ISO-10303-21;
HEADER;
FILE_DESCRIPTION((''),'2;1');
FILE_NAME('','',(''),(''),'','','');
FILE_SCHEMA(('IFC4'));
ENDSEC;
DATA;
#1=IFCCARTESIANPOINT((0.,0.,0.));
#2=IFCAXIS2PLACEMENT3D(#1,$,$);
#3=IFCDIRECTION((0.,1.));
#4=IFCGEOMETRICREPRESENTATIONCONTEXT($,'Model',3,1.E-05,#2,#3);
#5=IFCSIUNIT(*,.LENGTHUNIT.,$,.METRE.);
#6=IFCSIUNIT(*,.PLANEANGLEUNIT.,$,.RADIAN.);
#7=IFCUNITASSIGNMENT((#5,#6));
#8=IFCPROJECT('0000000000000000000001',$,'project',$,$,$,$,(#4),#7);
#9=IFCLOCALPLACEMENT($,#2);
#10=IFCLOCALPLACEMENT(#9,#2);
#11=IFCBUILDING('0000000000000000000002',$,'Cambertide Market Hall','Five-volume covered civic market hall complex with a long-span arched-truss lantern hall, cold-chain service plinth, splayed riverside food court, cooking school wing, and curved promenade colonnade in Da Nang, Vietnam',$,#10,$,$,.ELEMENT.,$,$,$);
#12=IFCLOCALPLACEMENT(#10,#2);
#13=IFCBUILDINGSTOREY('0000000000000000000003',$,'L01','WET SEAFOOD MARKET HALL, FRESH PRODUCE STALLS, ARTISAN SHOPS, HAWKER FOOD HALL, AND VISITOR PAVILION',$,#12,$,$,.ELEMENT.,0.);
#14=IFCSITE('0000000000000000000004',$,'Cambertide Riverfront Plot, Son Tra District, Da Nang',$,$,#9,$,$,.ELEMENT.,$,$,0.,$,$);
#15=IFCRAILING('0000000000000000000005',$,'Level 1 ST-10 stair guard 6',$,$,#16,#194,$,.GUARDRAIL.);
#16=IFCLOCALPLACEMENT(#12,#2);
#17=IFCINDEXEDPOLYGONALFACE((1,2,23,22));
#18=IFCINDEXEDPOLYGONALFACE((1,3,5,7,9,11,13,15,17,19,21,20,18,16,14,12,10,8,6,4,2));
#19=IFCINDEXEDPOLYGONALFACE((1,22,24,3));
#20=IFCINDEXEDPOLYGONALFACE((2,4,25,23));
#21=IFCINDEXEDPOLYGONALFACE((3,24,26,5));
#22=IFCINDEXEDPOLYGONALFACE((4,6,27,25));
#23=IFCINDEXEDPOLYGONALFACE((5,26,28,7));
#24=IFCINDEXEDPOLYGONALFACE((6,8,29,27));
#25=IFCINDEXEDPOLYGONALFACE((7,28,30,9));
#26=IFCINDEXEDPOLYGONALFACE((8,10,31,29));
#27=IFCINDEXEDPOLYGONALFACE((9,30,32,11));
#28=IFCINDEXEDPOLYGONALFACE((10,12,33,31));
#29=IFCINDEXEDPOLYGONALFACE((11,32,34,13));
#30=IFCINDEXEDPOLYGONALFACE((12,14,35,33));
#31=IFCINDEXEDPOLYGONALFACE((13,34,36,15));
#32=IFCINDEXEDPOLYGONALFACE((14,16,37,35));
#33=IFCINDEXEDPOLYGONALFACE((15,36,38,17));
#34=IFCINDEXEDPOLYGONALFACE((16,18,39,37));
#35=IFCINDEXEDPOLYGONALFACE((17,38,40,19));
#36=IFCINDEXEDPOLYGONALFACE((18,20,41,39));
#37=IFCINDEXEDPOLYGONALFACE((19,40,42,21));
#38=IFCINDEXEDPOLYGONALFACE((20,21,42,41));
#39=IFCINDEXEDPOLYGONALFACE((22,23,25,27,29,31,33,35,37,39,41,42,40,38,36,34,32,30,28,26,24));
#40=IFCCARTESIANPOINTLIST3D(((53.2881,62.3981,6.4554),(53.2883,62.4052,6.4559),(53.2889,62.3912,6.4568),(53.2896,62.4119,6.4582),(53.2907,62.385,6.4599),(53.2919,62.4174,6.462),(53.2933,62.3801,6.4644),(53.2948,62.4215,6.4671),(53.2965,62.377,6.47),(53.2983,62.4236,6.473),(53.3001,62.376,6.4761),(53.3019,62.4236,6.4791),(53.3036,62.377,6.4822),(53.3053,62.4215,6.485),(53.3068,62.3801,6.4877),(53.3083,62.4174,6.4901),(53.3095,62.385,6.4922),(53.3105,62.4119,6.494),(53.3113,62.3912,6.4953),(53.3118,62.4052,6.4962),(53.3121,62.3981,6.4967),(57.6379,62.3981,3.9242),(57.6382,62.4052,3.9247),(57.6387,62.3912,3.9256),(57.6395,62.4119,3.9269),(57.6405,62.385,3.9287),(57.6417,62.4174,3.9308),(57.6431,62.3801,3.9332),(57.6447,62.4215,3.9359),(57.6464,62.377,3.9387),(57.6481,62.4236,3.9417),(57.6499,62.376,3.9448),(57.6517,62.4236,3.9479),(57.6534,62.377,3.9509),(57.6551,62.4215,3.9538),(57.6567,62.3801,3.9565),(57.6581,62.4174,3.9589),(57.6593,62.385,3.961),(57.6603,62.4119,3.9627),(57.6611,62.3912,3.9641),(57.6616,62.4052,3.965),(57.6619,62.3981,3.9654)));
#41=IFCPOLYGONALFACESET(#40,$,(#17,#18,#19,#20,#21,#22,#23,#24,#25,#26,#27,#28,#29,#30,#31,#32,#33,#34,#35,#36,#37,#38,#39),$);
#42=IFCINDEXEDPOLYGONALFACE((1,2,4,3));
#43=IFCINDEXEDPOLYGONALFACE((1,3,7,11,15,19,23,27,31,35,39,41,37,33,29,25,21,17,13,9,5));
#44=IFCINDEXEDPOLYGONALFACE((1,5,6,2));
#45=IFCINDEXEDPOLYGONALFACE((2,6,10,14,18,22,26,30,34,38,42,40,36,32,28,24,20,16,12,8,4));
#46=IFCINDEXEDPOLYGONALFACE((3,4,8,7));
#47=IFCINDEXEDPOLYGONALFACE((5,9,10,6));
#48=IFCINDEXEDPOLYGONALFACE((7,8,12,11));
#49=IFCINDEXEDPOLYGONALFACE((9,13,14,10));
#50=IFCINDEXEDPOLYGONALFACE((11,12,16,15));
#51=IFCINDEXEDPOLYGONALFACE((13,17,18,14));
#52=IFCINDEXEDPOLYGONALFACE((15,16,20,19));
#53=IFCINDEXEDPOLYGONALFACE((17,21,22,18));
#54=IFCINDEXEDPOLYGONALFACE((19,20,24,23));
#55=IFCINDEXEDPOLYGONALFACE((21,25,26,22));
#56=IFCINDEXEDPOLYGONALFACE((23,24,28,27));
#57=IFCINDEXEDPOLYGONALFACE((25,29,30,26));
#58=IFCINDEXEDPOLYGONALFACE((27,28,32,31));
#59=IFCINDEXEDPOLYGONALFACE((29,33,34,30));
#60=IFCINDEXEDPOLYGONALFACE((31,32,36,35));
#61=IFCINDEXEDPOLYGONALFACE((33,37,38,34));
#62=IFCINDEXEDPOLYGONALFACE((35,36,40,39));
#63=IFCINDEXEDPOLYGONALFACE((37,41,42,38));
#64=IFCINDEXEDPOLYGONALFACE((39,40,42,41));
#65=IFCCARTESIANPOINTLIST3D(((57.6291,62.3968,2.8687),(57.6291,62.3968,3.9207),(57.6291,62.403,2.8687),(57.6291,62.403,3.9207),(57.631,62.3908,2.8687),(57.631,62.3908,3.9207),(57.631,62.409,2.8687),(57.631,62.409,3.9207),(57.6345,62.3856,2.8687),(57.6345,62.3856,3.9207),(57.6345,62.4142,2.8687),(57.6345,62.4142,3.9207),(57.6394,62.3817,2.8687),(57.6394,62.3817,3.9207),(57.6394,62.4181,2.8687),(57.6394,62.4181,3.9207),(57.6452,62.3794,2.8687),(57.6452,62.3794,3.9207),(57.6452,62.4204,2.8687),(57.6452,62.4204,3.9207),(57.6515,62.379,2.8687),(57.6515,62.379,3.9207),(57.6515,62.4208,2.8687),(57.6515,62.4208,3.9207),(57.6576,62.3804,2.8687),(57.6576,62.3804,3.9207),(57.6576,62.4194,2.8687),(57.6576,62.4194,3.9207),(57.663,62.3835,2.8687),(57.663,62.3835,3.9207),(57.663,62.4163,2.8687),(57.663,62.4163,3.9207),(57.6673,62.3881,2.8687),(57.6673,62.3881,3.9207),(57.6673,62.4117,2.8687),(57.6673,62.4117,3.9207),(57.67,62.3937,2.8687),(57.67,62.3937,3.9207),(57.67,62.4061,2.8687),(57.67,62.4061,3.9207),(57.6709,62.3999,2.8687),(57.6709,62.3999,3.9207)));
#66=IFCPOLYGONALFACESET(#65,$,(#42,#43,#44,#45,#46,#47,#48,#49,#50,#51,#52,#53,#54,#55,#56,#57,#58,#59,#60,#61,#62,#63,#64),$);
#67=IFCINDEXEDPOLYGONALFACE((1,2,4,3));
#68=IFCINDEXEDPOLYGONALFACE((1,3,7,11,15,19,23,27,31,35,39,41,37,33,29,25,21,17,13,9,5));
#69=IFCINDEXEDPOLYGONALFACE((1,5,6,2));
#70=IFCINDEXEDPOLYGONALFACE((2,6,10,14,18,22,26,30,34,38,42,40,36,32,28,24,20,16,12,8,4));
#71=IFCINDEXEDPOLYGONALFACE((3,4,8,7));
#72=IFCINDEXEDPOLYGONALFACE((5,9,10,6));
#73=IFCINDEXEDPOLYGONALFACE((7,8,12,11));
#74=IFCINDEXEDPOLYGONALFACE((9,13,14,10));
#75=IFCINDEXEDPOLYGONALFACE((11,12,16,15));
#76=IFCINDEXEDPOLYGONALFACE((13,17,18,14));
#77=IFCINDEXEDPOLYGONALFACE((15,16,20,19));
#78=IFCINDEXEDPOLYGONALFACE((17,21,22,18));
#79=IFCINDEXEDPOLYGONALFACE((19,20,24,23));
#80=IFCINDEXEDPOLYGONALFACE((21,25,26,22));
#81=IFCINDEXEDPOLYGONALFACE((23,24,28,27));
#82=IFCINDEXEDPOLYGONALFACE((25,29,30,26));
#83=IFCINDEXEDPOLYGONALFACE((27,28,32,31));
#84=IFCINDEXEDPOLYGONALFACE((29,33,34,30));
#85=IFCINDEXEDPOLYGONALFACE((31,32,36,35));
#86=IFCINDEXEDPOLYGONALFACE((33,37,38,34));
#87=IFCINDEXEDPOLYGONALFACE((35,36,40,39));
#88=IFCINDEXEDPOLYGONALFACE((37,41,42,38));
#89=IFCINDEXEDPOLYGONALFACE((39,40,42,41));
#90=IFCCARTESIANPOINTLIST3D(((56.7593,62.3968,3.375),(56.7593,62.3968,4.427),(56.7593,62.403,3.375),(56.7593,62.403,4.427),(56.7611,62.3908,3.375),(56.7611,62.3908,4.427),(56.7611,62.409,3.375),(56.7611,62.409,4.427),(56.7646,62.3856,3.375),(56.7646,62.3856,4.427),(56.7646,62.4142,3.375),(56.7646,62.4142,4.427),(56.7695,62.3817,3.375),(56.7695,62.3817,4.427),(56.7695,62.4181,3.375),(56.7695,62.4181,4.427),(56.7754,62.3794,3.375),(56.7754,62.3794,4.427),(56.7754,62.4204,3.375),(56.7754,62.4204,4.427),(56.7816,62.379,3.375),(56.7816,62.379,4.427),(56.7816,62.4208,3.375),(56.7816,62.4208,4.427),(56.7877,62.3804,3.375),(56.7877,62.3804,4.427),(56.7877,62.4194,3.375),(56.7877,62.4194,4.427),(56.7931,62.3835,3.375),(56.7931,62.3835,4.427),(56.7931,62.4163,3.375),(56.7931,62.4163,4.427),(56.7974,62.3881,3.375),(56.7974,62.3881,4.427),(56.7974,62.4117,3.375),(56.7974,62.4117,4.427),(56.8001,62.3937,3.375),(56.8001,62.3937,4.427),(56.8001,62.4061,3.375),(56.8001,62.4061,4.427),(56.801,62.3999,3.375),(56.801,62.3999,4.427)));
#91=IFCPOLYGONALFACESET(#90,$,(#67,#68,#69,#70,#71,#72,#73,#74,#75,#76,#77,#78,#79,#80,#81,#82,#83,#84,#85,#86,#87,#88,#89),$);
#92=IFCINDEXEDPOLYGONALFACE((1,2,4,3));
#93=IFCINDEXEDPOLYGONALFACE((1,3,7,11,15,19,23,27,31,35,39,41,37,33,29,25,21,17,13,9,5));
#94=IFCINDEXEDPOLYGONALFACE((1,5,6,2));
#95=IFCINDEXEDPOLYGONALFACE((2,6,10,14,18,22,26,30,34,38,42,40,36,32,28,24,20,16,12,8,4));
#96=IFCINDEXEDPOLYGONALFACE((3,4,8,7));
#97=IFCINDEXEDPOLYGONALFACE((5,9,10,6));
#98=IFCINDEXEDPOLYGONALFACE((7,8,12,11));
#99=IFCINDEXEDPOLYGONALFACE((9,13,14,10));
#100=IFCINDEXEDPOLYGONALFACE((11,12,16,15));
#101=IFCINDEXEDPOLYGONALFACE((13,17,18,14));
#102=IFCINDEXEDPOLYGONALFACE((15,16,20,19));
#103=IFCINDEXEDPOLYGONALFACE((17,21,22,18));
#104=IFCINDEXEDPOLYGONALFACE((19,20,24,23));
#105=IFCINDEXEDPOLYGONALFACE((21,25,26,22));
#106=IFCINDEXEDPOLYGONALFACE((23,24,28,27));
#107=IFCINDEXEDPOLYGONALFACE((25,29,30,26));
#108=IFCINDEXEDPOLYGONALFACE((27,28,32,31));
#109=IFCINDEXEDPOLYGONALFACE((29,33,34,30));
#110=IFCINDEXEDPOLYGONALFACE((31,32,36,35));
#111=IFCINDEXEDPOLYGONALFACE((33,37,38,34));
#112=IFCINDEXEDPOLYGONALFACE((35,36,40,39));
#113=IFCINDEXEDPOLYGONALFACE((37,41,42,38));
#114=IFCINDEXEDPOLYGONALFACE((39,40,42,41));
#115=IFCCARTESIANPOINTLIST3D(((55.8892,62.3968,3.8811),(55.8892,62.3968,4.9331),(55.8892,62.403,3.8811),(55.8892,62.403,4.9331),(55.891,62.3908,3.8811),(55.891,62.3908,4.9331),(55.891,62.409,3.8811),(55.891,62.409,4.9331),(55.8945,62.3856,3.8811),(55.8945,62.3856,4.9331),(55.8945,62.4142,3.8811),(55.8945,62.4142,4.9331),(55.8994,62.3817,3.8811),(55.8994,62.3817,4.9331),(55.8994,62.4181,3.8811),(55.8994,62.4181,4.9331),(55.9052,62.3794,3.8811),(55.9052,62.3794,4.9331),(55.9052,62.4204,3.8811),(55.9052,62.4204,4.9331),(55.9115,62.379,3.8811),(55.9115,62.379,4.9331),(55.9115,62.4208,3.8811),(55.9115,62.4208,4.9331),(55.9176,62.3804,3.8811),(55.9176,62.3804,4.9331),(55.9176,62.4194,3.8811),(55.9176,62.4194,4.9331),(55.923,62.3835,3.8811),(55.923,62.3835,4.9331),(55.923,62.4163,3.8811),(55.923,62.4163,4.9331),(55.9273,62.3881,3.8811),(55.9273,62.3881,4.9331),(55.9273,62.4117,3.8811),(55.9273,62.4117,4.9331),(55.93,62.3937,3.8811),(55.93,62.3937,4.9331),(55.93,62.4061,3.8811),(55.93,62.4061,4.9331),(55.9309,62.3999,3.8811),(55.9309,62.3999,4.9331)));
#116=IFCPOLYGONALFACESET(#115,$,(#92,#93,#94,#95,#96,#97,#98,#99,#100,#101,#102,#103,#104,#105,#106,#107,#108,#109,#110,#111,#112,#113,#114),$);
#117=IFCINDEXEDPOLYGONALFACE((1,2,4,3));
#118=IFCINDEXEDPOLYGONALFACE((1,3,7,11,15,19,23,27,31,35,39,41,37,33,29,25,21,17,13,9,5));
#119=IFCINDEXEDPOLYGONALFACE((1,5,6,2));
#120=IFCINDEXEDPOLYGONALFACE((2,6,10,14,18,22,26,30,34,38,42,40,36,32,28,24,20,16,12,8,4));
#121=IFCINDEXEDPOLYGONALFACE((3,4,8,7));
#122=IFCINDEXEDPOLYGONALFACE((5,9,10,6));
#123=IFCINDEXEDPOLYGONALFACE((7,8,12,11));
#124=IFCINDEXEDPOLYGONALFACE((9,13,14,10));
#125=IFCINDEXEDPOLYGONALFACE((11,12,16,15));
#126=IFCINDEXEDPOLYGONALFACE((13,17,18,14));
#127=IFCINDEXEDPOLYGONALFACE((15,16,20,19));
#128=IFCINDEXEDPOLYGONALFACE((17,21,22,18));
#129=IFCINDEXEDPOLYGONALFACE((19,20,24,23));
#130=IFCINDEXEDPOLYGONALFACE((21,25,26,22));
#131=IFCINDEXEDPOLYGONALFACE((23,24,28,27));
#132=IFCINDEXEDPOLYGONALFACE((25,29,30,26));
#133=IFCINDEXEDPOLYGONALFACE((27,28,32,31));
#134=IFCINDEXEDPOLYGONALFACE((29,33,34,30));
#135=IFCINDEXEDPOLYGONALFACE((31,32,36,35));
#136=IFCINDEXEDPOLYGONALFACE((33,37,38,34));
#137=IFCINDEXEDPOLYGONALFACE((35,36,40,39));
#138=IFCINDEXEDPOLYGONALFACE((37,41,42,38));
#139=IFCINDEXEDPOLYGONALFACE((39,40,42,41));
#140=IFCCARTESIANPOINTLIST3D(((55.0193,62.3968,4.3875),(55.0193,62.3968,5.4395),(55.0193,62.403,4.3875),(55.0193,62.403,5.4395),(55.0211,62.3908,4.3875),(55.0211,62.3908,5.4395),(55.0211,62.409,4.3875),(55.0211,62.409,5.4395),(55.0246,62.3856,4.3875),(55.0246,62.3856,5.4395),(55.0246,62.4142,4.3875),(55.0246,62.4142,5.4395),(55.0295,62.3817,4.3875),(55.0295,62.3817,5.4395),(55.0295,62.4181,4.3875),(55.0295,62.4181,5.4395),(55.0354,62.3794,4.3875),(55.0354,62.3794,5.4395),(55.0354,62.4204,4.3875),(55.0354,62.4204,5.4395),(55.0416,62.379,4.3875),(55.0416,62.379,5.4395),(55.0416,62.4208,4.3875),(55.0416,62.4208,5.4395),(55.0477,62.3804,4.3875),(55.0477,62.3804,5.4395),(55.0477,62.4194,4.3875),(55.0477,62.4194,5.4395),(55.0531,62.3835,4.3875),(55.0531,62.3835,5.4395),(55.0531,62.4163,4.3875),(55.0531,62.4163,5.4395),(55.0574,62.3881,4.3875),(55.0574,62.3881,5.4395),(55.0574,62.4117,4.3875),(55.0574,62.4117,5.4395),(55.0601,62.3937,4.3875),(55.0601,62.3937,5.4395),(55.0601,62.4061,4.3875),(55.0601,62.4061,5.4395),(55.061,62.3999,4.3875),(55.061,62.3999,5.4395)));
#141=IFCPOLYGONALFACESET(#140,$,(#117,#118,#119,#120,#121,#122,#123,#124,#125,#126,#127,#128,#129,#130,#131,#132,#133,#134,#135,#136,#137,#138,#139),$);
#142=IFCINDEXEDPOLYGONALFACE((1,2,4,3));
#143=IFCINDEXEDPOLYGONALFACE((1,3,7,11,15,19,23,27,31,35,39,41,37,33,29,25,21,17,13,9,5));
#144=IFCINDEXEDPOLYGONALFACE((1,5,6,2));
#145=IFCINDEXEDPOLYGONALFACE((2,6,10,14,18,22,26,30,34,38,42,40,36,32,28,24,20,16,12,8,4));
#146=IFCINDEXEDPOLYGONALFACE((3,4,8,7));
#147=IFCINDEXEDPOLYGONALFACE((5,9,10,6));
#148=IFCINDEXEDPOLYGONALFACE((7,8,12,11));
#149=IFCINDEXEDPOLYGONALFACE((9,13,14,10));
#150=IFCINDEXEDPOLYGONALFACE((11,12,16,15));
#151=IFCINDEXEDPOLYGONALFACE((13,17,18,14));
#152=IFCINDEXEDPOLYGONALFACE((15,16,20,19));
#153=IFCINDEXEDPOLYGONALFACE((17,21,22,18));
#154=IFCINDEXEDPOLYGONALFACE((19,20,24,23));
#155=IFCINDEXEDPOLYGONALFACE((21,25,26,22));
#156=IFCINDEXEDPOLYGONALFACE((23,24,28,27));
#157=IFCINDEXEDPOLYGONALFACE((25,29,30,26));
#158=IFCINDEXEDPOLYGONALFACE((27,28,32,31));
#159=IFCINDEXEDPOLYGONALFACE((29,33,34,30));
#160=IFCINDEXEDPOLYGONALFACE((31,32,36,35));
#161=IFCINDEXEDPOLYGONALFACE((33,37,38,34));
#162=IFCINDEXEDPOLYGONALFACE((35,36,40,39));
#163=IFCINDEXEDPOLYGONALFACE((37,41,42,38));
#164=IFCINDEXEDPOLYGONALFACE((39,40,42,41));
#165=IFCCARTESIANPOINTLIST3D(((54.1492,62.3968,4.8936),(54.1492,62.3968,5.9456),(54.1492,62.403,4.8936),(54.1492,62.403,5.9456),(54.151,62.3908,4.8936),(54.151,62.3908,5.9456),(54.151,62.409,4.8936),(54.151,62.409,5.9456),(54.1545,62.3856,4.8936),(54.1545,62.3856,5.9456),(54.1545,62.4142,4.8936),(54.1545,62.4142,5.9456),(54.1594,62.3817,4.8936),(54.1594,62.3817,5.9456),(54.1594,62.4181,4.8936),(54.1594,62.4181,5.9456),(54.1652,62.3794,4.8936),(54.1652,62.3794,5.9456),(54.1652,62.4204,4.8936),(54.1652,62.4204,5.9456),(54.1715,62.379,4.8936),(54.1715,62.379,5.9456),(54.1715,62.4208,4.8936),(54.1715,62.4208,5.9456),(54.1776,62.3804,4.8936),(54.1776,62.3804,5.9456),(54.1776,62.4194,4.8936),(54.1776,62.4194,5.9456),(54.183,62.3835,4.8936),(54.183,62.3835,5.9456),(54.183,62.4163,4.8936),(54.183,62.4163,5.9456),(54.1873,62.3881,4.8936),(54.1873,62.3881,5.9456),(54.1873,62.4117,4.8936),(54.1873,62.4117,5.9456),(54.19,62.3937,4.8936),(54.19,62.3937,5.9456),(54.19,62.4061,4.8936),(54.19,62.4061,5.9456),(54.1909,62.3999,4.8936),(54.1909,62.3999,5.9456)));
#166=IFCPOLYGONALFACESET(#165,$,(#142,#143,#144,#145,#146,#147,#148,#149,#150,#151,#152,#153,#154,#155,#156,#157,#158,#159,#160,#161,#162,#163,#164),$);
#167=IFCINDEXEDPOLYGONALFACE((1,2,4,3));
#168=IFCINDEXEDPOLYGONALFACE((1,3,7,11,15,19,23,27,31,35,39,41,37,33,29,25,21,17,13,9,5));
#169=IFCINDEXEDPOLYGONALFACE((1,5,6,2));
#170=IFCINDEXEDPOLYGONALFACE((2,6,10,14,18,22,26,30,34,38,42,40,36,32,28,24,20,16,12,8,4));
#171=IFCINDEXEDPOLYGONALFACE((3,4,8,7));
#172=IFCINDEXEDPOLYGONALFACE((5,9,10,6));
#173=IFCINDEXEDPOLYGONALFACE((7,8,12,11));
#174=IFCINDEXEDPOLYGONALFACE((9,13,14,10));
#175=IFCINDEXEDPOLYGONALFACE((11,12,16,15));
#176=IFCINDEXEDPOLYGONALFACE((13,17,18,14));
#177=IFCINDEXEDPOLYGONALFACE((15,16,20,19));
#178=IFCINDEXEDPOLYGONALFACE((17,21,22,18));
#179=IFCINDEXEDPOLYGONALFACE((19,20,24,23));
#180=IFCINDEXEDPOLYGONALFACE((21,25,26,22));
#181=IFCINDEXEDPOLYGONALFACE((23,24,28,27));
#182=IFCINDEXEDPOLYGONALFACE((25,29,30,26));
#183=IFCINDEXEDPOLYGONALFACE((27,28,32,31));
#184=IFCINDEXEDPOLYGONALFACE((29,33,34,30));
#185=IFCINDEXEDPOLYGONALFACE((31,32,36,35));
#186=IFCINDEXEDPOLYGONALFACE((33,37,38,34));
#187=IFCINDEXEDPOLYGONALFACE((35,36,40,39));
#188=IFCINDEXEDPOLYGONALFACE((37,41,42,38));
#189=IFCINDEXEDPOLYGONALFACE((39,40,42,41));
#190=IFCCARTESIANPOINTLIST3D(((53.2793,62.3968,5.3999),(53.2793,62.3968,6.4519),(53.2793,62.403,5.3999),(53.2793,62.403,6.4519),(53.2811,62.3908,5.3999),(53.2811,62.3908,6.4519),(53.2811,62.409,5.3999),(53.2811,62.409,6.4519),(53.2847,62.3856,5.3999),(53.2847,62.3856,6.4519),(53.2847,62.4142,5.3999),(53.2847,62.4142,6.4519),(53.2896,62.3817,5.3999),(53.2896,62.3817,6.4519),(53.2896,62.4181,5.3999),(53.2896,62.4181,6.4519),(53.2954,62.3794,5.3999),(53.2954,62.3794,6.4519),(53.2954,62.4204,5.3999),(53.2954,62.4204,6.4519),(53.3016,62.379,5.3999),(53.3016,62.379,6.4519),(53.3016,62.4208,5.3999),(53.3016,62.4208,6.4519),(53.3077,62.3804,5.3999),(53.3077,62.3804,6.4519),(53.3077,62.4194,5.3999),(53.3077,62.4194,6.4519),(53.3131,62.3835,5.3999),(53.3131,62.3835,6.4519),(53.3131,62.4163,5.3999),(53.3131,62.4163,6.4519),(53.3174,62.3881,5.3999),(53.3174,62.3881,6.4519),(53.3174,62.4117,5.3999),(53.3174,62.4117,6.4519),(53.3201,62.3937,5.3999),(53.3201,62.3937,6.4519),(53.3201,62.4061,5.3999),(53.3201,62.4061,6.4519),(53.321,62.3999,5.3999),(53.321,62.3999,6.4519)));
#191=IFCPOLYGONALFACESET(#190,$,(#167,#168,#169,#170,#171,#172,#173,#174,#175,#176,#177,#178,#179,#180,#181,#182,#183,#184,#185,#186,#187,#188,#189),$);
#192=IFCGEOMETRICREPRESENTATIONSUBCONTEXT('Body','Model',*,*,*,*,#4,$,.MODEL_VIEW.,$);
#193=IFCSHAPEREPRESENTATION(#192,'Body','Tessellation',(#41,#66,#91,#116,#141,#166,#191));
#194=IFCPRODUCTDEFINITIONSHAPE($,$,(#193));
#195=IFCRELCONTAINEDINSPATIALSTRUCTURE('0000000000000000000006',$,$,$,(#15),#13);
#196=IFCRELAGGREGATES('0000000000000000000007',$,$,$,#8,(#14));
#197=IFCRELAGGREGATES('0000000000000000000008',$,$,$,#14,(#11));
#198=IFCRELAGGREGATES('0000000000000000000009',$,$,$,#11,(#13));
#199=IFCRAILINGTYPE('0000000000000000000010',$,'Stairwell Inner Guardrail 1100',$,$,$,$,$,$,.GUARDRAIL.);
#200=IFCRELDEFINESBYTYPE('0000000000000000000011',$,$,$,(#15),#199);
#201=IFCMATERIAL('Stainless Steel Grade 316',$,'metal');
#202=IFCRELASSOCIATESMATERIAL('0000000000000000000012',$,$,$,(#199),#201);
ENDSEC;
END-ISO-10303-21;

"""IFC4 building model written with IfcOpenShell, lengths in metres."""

from ifc_helpers import new_model, si_unit, direction, frame, origin, origin_2d, place, context, subcontext, project, spatial, circle, extrude, material, type_object, element, save


model = new_model("IFC4")

# Units and contexts
model_context = context("Model", 3, precision=1e-05, world=origin(), true_north=direction((0.0, 1.0)))
body_context = subcontext(model_context, "Body", "Model", "MODEL_VIEW")
ifc_project = project(units=[si_unit("LENGTHUNIT", "METRE"), si_unit("PLANEANGLEUNIT", "RADIAN")], contexts=[model_context])

# Site, building, storey
site_placement = place(None, origin())
site = spatial("IfcSite", under=ifc_project, at=site_placement, Name="Cambertide Riverfront Plot, Son Tra District, Da Nang", CompositionType="ELEMENT", RefElevation=0.0)
building_placement = place(site_placement, origin())
building = spatial("IfcBuilding", under=site, at=building_placement, Name="Cambertide Market Hall", Description="Five-volume covered civic market hall complex with a long-span arched-truss lantern hall, cold-chain service plinth, splayed riverside food court, cooking school wing, and curved promenade colonnade in Da Nang, Vietnam", CompositionType="ELEMENT")
storey_placement = place(building_placement, origin())
storey = spatial("IfcBuildingStorey", under=building, at=storey_placement, Name="L01", Description="WET SEAFOOD MARKET HALL, FRESH PRODUCE STALLS, ARTISAN SHOPS, HAWKER FOOD HALL, AND VISITOR PAVILION", CompositionType="ELEMENT", Elevation=0.0)

# Railing
ifc_material_1 = material(Name="Stainless Steel Grade 316", Category="metal")
railing_type_1 = type_object("IfcRailingType", Name="Stairwell Inner Guardrail 1100", PredefinedType="GUARDRAIL", material=ifc_material_1)
railing_1_placement = place(storey_placement, frame((57.6499, 62.3999, 2.8687)))
element("IfcRailing", 1, at=railing_1_placement, inside=storey, type_object=railing_type_1, Name="Level 1 ST-10 stair guard 6", PredefinedType="GUARDRAIL", context=body_context, shape_type="SweptSolid", body=[
    extrude(circle(Radius=0.0239, at=origin_2d()), frame((0.0, 0.0, 1.0762), z_axis=(-0.864312, 0.0, 0.502957), x_axis=(0.0, -1.0, 0.0)), (0.0, 0.0, 1.0), 5.0327),
    extrude(circle(Radius=0.021, at=origin_2d()), origin(), (0.0, 0.0, 1.0), 1.052),
    extrude(circle(Radius=0.021, at=origin_2d()), frame((-0.8699, 0.0, 0.5063)), (0.0, 0.0, 1.0), 1.052),
    extrude(circle(Radius=0.021, at=origin_2d()), frame((-1.74, 0.0, 1.0125)), (0.0, 0.0, 1.0), 1.052),
    extrude(circle(Radius=0.021, at=origin_2d()), frame((-2.6099, 0.0, 1.5188)), (0.0, 0.0, 1.0), 1.052),
    extrude(circle(Radius=0.021, at=origin_2d()), frame((-3.48, 0.0, 2.0249)), (0.0, 0.0, 1.0), 1.052),
    extrude(circle(Radius=0.021, at=origin_2d()), frame((-4.3499, 0.0, 2.5312)), (0.0, 0.0, 1.0), 1.052),
])

save(model, "model.ifc")
